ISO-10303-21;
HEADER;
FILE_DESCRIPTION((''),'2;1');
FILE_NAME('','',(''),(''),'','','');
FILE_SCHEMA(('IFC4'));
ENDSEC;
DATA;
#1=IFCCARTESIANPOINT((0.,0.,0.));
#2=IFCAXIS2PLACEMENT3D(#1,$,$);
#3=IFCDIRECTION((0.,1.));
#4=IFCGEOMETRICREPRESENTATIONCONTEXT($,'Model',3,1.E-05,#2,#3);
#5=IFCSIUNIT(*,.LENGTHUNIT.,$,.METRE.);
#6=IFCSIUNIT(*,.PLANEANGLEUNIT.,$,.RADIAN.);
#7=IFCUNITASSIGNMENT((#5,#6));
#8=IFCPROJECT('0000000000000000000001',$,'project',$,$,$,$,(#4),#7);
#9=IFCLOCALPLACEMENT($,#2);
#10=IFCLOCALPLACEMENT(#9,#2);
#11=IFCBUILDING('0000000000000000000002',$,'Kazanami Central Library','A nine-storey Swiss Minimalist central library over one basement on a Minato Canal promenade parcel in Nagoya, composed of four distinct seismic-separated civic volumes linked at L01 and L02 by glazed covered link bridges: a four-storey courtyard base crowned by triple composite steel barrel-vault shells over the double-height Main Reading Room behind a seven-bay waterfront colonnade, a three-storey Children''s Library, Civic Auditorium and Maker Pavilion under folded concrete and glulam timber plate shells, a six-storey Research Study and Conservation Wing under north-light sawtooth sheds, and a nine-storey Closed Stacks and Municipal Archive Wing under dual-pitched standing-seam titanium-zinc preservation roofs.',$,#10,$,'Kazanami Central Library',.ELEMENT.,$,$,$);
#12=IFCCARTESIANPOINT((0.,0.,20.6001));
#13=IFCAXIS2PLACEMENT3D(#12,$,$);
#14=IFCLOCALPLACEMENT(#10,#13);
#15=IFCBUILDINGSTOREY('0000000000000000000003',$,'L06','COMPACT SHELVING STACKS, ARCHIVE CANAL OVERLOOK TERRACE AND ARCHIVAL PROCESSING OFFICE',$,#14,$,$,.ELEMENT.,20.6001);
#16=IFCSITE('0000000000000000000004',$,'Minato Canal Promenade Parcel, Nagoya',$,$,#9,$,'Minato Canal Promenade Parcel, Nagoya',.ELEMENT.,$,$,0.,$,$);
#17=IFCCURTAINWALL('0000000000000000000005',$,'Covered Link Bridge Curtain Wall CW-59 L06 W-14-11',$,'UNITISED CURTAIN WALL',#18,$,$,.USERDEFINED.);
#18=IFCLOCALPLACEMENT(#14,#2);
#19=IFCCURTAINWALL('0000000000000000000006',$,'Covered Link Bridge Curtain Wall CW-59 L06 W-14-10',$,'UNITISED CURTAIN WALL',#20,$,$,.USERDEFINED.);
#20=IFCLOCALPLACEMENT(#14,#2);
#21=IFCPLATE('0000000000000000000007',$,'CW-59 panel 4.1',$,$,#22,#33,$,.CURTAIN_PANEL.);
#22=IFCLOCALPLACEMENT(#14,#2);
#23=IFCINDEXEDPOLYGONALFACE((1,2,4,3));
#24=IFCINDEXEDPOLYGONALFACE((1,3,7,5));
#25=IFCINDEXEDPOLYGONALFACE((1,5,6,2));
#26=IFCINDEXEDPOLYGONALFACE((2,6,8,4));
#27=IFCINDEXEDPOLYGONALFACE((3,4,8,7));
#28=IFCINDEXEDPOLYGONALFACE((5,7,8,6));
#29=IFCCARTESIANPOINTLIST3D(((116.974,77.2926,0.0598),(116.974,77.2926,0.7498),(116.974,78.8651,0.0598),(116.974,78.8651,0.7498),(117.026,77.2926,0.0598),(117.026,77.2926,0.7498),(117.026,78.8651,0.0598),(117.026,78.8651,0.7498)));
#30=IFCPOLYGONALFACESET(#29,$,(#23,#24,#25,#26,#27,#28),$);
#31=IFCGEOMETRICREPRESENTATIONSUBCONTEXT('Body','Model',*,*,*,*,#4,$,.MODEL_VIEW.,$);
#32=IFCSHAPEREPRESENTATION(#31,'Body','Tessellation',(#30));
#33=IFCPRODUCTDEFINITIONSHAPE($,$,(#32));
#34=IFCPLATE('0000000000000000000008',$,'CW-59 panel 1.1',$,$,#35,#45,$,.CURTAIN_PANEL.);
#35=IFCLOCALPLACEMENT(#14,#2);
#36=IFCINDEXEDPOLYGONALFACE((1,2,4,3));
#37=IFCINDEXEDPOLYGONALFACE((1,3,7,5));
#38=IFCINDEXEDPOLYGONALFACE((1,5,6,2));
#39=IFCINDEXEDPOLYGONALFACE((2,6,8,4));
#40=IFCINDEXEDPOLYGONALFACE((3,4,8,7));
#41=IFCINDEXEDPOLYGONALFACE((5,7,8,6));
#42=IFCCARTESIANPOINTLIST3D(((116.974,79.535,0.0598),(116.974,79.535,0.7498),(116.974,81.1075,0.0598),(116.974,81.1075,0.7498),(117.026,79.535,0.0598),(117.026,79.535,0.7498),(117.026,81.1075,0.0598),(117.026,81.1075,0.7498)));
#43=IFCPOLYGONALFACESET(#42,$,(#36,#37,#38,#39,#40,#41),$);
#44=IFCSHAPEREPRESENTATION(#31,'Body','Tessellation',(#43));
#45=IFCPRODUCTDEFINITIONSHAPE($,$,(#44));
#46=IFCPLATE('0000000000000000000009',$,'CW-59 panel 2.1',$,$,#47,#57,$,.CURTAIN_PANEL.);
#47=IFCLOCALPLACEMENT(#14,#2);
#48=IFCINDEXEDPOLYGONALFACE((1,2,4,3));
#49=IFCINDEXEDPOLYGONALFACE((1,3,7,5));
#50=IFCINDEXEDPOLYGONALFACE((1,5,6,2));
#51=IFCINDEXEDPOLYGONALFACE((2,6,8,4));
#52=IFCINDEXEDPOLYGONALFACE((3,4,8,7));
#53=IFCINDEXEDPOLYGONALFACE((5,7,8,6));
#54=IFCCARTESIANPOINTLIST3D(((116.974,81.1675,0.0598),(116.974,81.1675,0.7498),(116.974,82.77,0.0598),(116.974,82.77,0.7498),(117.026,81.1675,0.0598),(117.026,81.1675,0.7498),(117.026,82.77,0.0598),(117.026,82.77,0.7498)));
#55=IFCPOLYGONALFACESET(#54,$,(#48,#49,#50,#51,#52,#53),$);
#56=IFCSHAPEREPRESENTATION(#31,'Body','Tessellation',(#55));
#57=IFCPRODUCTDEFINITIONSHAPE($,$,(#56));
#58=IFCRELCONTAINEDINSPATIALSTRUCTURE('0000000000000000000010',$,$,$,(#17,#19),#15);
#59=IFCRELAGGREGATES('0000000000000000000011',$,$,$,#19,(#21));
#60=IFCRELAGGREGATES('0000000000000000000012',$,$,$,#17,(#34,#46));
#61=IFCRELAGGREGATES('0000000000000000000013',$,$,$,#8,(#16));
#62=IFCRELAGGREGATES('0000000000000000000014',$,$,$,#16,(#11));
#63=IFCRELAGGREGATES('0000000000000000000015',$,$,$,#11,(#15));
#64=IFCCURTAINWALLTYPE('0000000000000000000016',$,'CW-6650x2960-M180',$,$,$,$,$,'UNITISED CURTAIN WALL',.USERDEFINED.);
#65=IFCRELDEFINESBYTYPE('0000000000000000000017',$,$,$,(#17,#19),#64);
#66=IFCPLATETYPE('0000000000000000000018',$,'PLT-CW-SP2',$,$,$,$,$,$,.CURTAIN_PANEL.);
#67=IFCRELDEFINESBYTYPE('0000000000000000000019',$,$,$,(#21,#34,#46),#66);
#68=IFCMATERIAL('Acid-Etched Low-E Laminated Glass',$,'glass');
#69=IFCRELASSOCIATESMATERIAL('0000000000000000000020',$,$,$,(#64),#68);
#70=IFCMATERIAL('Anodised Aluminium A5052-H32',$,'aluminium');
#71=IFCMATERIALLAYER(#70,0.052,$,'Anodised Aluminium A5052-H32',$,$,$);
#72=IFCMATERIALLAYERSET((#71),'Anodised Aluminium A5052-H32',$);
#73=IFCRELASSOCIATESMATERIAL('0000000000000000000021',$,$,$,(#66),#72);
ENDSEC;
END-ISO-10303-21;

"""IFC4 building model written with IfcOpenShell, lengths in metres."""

from ifc_helpers import new_model, si_unit, direction, frame, origin, origin_2d, place, context, subcontext, project, spatial, rectangle, extrude, material, layer, layer_set, type_object, element, aggregate, save


model = new_model("IFC4")

# Units and contexts
model_context = context("Model", 3, precision=1e-05, world=origin(), true_north=direction((0.0, 1.0)))
body_context = subcontext(model_context, "Body", "Model", "MODEL_VIEW")
ifc_project = project(units=[si_unit("LENGTHUNIT", "METRE"), si_unit("PLANEANGLEUNIT", "RADIAN")], contexts=[model_context])

# Site, building, storey
site_placement = place(None, origin())
site = spatial("IfcSite", under=ifc_project, at=site_placement, Name="Minato Canal Promenade Parcel, Nagoya", LongName="Minato Canal Promenade Parcel, Nagoya", CompositionType="ELEMENT", RefElevation=0.0)
building_placement = place(site_placement, origin())
building = spatial("IfcBuilding", under=site, at=building_placement, Name="Kazanami Central Library", Description="A nine-storey Swiss Minimalist central library over one basement on a Minato Canal promenade parcel in Nagoya, composed of four distinct seismic-separated civic volumes linked at L01 and L02 by glazed covered link bridges: a four-storey courtyard base crowned by triple composite steel barrel-vault shells over the double-height Main Reading Room behind a seven-bay waterfront colonnade, a three-storey Children's Library, Civic Auditorium and Maker Pavilion under folded concrete and glulam timber plate shells, a six-storey Research Study and Conservation Wing under north-light sawtooth sheds, and a nine-storey Closed Stacks and Municipal Archive Wing under dual-pitched standing-seam titanium-zinc preservation roofs.", LongName="Kazanami Central Library", CompositionType="ELEMENT")
storey_placement = place(building_placement, frame((0.0, 0.0, 20.6001)))
storey = spatial("IfcBuildingStorey", under=building, at=storey_placement, Name="L06", Description="COMPACT SHELVING STACKS, ARCHIVE CANAL OVERLOOK TERRACE AND ARCHIVAL PROCESSING OFFICE", CompositionType="ELEMENT", Elevation=20.6001)

# Curtain walls
ifc_material_1 = material(Name="Acid-Etched Low-E Laminated Glass", Category="glass")
curtain_wall_type = type_object("IfcCurtainWallType", Name="CW-6650x2960-M180", ElementType="UNITISED CURTAIN WALL", PredefinedType="USERDEFINED", material=ifc_material_1)
curtain_wall_1_placement = place(storey_placement, origin())
curtain_wall_1 = element("IfcCurtainWall", 1, at=curtain_wall_1_placement, inside=storey, type_object=curtain_wall_type, Name="Covered Link Bridge Curtain Wall CW-59 L06 W-14-11", ObjectType="UNITISED CURTAIN WALL", PredefinedType="USERDEFINED")
curtain_wall_2_placement = place(storey_placement, origin())
curtain_wall_2 = element("IfcCurtainWall", 2, at=curtain_wall_2_placement, inside=storey, type_object=curtain_wall_type, Name="Covered Link Bridge Curtain Wall CW-59 L06 W-14-10", ObjectType="UNITISED CURTAIN WALL", PredefinedType="USERDEFINED")

# Plates
ifc_material_2 = material(Name="Anodised Aluminium A5052-H32", Category="aluminium")
ifc_layer_1 = layer(ifc_material_2, 0.052, Name="Anodised Aluminium A5052-H32")
ifc_layer_set_1 = layer_set([ifc_layer_1], Name="Anodised Aluminium A5052-H32")
plate_type_1 = type_object("IfcPlateType", Name="PLT-CW-SP2", PredefinedType="CURTAIN_PANEL", material=ifc_layer_set_1)
plate_1_placement = place(storey_placement, frame((117.0, 78.0789, 0.0598), z_axis=(0.0, 0.0, 1.0), x_axis=(0.0, 1.0, 0.0)))
plate_1 = element("IfcPlate", 3, at=plate_1_placement, type_object=plate_type_1, Name="CW-59 panel 4.1", PredefinedType="CURTAIN_PANEL", context=body_context, shape_type="SweptSolid", body=[
    extrude(rectangle(XDim=1.5725, YDim=0.052, at=origin_2d()), origin(), (0.0, 0.0, 1.0), 0.6899),
])
aggregate(curtain_wall_2, [plate_1])
plate_2_placement = place(storey_placement, frame((117.0, 80.3213, 0.0598), z_axis=(0.0, 0.0, 1.0), x_axis=(0.0, 1.0, 0.0)))
plate_2 = element("IfcPlate", 4, at=plate_2_placement, type_object=plate_type_1, Name="CW-59 panel 1.1", PredefinedType="CURTAIN_PANEL", context=body_context, shape_type="SweptSolid", body=[
    extrude(rectangle(XDim=1.5725, YDim=0.052, at=origin_2d()), origin(), (0.0, 0.0, 1.0), 0.6899),
])
plate_3_placement = place(storey_placement, frame((117.0, 81.9688, 0.0598), z_axis=(0.0, 0.0, 1.0), x_axis=(0.0, 1.0, 0.0)))
plate_3 = element("IfcPlate", 5, at=plate_3_placement, type_object=plate_type_1, Name="CW-59 panel 2.1", PredefinedType="CURTAIN_PANEL", context=body_context, shape_type="SweptSolid", body=[
    extrude(rectangle(XDim=1.6025, YDim=0.052, at=origin_2d()), origin(), (0.0, 0.0, 1.0), 0.6899),
])
aggregate(curtain_wall_1, [plate_2, plate_3])

save(model, "model.ifc")
